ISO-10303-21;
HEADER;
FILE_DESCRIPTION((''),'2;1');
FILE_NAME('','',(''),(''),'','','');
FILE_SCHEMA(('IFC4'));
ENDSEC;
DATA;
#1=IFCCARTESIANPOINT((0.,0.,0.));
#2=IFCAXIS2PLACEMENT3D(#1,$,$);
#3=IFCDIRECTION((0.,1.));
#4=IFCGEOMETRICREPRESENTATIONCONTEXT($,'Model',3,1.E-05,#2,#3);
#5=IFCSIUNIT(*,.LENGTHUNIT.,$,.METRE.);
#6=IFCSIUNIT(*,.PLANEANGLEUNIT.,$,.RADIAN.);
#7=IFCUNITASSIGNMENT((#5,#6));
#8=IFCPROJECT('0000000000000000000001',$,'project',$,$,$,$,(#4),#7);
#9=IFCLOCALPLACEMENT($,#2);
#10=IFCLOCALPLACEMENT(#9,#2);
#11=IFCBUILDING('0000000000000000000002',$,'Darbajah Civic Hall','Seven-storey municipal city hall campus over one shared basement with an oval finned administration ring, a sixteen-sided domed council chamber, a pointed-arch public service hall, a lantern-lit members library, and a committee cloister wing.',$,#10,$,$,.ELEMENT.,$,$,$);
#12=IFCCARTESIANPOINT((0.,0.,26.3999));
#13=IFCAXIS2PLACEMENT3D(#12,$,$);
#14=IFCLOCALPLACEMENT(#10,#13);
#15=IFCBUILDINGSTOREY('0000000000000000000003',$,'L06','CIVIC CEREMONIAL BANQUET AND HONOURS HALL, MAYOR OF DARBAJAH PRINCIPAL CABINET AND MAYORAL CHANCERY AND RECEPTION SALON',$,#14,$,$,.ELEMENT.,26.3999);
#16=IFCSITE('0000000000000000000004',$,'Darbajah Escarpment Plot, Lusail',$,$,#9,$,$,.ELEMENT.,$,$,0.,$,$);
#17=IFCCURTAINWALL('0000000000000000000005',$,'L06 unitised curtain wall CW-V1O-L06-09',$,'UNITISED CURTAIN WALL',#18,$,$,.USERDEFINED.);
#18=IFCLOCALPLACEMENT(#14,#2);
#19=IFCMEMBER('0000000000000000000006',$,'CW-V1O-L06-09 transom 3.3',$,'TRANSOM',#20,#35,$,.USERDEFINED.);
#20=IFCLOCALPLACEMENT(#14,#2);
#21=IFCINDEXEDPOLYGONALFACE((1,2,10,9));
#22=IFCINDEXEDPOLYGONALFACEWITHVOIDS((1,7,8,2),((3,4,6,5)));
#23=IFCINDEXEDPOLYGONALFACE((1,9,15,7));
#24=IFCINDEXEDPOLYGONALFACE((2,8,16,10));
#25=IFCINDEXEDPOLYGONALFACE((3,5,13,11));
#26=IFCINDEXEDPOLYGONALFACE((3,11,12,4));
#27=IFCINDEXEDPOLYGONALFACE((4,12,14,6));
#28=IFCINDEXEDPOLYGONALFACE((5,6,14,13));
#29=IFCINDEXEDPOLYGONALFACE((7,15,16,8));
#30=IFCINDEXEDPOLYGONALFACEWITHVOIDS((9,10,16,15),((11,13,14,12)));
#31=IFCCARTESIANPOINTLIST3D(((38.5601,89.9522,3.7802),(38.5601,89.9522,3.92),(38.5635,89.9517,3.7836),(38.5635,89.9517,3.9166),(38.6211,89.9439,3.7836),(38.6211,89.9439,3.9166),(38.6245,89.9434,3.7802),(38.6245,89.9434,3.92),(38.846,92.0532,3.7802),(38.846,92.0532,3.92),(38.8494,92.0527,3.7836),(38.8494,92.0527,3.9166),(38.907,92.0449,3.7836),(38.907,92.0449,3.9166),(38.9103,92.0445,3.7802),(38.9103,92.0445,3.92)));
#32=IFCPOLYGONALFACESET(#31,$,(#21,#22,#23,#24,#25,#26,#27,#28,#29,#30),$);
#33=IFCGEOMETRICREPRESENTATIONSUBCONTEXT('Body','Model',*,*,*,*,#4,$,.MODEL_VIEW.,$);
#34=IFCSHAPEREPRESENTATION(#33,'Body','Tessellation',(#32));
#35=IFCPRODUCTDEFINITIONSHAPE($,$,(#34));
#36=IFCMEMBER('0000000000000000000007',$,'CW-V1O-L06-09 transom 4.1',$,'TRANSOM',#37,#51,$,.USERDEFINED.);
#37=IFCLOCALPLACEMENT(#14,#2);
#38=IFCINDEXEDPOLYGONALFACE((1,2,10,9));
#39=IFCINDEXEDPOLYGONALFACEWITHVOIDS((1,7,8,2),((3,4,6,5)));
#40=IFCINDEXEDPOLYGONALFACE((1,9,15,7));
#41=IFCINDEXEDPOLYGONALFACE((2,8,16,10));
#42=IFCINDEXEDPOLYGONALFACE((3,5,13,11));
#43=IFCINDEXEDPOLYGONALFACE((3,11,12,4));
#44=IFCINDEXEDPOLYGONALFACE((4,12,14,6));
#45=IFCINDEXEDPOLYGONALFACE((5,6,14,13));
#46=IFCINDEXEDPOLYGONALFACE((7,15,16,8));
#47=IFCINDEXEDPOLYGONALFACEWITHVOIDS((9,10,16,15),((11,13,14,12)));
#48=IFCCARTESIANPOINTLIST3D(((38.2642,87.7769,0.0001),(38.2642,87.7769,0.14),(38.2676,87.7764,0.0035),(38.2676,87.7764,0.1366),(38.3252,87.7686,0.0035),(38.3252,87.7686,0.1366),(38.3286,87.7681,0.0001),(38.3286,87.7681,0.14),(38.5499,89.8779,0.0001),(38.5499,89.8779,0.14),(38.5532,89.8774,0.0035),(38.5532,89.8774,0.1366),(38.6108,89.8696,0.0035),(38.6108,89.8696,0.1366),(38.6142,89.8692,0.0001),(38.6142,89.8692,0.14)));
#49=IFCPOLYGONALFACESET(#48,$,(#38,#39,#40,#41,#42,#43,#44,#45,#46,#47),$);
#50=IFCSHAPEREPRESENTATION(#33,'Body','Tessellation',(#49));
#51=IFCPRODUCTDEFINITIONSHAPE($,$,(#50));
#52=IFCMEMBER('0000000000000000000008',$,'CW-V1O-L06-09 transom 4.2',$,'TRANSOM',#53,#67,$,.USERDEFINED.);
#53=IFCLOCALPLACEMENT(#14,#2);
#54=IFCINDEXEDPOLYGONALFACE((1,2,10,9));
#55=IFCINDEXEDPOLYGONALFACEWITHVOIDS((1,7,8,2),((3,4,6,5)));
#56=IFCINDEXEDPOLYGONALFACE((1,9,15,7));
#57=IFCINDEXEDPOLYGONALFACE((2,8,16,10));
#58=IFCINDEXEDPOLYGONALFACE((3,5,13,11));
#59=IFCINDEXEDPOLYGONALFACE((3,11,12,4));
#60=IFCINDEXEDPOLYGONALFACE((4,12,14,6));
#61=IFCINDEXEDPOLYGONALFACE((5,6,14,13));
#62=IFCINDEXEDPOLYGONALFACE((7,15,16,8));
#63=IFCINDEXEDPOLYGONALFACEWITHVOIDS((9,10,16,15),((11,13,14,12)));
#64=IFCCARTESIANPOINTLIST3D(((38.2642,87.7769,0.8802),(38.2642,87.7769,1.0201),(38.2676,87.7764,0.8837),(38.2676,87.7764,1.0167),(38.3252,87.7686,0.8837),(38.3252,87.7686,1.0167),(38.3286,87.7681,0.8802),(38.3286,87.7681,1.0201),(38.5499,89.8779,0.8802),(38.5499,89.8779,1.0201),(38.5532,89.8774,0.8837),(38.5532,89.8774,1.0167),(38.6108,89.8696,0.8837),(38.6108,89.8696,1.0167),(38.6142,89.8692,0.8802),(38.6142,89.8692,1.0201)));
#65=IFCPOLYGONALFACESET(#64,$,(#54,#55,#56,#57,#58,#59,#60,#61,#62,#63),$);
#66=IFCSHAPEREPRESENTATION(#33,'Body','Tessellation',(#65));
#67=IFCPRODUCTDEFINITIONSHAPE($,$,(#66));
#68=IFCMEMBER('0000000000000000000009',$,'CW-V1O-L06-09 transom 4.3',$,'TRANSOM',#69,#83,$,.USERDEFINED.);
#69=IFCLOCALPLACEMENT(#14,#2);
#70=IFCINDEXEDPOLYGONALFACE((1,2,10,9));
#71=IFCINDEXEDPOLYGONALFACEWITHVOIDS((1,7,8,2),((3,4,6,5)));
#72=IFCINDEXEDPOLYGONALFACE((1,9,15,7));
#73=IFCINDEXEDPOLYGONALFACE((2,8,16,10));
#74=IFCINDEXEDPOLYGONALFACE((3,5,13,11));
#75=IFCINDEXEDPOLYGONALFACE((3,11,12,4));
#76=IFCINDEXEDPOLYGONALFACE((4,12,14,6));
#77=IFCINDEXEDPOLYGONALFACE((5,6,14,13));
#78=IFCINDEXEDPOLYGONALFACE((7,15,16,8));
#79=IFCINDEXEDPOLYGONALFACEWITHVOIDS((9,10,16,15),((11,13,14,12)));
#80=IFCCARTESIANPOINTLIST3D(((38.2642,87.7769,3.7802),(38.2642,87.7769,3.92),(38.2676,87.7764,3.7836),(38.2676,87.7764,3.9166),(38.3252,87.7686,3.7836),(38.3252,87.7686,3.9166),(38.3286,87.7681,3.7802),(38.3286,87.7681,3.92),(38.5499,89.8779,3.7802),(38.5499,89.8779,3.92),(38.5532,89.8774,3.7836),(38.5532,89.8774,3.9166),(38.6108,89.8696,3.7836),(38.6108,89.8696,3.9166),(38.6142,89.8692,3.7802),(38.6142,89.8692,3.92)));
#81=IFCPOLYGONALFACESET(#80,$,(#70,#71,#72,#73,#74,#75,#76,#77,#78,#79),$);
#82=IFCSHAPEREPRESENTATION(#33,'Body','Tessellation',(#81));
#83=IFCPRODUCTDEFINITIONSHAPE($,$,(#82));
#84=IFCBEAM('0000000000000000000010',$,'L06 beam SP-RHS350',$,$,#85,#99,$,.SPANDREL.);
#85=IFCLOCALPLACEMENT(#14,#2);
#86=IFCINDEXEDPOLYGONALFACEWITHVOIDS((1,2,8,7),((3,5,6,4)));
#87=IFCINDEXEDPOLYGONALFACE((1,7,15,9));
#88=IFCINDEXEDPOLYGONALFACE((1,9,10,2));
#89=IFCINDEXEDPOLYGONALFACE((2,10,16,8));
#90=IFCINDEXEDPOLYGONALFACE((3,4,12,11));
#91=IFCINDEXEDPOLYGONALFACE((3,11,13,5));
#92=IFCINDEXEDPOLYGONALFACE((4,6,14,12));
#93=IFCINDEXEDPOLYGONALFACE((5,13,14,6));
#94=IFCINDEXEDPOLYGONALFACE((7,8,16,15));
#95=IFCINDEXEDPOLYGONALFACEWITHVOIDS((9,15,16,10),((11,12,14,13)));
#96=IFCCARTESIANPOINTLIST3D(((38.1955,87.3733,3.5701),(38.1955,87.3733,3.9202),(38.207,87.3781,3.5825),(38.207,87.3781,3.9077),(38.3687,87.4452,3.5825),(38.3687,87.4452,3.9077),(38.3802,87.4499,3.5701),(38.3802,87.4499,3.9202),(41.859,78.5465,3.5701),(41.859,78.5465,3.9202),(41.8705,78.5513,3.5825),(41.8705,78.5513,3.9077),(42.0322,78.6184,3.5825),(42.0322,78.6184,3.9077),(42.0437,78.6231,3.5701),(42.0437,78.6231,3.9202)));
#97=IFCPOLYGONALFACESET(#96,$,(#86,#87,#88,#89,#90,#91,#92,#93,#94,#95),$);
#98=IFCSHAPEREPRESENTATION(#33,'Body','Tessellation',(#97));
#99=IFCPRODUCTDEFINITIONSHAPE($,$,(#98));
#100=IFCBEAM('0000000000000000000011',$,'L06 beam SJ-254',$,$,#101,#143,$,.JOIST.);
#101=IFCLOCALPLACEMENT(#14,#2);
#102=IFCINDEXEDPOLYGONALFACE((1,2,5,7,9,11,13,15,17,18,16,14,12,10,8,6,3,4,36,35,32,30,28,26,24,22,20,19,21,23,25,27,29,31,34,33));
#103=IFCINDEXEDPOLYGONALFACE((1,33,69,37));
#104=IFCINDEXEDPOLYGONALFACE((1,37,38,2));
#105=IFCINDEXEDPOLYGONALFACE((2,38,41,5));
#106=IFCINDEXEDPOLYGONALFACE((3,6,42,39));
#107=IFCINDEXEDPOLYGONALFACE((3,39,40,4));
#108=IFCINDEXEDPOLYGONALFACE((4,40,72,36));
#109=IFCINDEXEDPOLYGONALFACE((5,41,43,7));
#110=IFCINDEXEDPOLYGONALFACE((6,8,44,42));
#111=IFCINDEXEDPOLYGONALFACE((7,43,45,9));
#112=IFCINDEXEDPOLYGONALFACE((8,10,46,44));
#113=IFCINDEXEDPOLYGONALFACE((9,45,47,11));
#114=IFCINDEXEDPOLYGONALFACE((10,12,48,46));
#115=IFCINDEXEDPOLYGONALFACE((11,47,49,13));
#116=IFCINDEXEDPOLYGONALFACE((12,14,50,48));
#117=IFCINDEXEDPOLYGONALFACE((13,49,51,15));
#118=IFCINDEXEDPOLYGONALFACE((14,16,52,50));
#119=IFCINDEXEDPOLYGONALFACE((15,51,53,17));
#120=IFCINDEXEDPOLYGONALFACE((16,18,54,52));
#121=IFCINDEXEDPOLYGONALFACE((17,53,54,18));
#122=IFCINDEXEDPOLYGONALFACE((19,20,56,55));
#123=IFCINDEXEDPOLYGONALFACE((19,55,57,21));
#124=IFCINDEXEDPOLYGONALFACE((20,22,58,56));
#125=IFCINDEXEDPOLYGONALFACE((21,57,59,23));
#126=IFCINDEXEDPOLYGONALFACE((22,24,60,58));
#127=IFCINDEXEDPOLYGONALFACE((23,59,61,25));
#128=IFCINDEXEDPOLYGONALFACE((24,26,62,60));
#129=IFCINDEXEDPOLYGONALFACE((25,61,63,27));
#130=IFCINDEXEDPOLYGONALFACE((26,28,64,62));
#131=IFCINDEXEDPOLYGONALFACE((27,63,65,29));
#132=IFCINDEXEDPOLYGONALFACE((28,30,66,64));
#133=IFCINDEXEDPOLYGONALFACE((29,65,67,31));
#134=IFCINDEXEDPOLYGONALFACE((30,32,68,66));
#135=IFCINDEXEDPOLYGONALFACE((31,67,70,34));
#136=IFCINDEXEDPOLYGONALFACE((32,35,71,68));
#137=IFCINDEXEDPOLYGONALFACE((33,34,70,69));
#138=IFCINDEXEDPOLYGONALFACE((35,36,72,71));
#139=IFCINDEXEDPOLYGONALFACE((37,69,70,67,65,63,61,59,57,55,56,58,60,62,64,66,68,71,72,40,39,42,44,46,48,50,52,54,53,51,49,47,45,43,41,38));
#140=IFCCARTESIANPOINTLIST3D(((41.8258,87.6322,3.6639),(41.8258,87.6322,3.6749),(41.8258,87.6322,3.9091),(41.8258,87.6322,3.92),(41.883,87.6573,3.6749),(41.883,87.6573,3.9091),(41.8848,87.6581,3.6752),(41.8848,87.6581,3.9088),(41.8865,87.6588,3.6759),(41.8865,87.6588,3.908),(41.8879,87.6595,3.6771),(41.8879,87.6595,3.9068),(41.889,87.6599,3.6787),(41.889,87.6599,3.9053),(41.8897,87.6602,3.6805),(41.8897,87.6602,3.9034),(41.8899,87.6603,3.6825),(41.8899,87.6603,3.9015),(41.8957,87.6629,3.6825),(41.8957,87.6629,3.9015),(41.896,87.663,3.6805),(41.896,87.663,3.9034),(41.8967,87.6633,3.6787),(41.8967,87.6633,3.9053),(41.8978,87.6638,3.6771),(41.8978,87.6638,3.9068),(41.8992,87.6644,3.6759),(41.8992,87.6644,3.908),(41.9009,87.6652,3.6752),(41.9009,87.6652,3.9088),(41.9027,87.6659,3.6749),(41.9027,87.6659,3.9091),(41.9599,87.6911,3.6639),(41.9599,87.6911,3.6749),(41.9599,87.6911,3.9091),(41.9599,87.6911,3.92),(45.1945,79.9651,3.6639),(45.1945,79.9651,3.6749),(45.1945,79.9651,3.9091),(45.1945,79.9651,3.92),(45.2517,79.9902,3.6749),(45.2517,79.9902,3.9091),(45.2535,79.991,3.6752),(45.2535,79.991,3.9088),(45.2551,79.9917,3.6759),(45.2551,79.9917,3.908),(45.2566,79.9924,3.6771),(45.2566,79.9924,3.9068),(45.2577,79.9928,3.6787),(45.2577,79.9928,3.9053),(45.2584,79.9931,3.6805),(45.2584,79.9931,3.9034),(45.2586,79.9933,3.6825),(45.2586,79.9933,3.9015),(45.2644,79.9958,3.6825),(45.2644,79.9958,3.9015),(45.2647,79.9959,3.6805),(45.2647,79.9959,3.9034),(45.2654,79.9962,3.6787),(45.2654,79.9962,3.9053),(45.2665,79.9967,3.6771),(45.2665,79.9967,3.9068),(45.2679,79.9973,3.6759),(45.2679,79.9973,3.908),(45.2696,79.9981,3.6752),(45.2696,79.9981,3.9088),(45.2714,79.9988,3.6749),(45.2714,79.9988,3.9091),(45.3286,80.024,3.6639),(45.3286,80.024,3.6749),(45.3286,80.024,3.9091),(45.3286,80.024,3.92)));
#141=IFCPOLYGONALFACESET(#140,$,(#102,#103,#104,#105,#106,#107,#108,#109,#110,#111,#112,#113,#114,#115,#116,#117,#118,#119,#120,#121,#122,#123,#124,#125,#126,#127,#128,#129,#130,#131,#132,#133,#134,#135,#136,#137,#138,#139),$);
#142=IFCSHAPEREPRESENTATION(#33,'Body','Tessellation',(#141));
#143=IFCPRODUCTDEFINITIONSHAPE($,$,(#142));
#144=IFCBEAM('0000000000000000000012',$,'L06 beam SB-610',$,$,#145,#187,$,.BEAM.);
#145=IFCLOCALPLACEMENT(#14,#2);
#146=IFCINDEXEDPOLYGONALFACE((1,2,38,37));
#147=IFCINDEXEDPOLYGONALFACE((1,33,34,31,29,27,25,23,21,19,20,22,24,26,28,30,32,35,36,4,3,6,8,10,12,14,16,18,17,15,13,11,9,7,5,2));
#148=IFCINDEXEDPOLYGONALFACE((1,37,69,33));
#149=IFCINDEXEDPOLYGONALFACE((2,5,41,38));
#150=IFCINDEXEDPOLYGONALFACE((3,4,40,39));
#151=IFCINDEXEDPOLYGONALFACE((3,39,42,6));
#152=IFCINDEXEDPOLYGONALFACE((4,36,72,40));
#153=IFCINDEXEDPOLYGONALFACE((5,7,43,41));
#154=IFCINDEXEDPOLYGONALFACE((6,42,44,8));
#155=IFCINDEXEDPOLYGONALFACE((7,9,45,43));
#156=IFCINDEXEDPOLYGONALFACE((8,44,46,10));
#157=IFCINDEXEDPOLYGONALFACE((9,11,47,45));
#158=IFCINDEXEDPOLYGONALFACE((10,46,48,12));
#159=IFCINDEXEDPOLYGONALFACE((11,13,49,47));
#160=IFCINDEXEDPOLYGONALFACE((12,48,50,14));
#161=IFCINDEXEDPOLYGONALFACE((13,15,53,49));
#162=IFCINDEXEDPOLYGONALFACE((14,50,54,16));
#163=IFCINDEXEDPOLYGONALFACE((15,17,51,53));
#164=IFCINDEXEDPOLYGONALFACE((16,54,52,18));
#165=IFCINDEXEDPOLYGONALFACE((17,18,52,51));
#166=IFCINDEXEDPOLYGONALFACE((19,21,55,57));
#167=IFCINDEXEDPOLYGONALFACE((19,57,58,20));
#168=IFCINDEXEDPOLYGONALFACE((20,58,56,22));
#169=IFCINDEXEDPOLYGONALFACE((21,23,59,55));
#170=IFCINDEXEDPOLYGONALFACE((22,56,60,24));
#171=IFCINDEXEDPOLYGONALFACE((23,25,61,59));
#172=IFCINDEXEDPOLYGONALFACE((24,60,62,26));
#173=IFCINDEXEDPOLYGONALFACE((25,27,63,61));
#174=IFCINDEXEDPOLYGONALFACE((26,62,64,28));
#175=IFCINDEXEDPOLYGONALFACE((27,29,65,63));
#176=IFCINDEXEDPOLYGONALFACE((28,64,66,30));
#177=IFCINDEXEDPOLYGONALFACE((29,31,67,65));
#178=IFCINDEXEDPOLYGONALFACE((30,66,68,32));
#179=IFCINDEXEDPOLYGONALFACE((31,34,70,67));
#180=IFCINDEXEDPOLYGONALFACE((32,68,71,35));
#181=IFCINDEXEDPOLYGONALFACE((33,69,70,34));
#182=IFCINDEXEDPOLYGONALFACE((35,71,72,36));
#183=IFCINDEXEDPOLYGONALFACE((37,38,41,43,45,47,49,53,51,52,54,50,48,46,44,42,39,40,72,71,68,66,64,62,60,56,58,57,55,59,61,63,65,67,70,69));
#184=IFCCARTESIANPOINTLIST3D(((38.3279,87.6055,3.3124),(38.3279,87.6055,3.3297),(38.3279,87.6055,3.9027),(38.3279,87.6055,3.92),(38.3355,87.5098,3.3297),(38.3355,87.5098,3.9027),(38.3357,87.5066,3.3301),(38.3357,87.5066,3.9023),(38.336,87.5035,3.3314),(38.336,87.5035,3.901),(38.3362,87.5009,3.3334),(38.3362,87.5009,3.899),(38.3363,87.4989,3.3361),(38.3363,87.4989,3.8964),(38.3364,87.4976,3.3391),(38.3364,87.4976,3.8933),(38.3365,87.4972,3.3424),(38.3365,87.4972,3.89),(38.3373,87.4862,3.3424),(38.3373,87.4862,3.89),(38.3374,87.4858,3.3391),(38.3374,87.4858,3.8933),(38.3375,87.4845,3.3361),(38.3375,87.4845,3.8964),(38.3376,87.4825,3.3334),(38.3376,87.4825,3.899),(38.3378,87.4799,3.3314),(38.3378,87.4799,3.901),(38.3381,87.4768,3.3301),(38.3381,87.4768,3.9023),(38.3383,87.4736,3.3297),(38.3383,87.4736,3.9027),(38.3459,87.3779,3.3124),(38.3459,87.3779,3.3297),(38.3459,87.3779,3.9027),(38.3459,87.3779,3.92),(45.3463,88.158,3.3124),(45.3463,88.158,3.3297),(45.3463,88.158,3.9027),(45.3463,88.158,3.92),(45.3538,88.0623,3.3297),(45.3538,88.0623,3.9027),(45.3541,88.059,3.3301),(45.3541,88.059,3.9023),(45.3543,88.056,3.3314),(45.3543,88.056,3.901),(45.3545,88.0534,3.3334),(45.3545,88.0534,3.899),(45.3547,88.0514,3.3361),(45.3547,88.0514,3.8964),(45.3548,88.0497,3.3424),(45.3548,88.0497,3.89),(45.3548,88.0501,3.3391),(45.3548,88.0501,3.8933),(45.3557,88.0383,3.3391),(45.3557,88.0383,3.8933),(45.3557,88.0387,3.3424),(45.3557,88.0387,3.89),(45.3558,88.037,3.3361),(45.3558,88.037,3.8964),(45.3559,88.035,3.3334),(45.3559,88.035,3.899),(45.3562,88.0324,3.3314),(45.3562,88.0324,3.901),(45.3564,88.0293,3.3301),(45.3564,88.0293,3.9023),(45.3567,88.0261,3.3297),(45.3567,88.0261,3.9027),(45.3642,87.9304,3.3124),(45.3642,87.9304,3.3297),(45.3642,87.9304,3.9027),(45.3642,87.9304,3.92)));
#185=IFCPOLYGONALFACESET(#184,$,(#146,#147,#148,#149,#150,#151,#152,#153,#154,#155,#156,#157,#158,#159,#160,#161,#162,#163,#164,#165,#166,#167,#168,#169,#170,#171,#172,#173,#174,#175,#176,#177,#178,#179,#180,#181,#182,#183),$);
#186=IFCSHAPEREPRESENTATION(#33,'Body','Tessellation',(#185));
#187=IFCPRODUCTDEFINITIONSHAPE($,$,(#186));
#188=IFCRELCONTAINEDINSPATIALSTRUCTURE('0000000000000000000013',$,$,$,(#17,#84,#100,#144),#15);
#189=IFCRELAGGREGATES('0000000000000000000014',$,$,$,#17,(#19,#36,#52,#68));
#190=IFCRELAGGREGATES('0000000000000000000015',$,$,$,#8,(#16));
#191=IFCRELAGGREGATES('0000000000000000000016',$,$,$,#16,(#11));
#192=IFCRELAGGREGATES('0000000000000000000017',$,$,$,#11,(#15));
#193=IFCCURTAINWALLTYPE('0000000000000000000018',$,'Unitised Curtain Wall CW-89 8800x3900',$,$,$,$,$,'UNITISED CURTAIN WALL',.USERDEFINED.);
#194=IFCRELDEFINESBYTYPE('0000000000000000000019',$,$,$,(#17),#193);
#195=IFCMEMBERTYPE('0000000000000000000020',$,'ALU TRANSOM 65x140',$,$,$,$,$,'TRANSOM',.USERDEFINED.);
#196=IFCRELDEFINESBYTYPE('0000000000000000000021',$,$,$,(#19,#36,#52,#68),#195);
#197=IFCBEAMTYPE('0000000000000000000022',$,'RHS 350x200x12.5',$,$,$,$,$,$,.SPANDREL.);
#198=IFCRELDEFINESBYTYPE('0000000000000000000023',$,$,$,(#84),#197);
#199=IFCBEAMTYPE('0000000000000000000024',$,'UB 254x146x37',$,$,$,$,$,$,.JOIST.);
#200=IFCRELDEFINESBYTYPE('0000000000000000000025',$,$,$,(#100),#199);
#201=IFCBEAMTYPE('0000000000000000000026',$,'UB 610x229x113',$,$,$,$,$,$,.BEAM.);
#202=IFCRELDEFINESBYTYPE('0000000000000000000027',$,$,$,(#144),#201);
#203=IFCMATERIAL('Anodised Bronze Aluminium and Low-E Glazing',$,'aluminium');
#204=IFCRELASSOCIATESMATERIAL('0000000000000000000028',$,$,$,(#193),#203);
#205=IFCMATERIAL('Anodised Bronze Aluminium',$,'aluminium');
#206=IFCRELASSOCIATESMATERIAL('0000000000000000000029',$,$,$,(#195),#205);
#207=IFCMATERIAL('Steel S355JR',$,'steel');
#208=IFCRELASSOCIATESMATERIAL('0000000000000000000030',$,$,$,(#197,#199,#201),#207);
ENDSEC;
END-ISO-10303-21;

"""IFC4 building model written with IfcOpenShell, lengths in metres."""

from ifc_helpers import new_model, si_unit, direction, frame, origin, origin_2d, place, context, subcontext, project, spatial, hollow_rectangle, i_section, extrude, material, material_profile, profile_set, type_object, element, aggregate, save


model = new_model("IFC4")

# Units and contexts
model_context = context("Model", 3, precision=1e-05, world=origin(), true_north=direction((0.0, 1.0)))
body_context = subcontext(model_context, "Body", "Model", "MODEL_VIEW")
ifc_project = project(units=[si_unit("LENGTHUNIT", "METRE"), si_unit("PLANEANGLEUNIT", "RADIAN")], contexts=[model_context])

# Site, building, storey
site_placement = place(None, origin())
site = spatial("IfcSite", under=ifc_project, at=site_placement, Name="Darbajah Escarpment Plot, Lusail", CompositionType="ELEMENT", RefElevation=0.0)
building_placement = place(site_placement, origin())
building = spatial("IfcBuilding", under=site, at=building_placement, Name="Darbajah Civic Hall", Description="Seven-storey municipal city hall campus over one shared basement with an oval finned administration ring, a sixteen-sided domed council chamber, a pointed-arch public service hall, a lantern-lit members library, and a committee cloister wing.", CompositionType="ELEMENT")
storey_placement = place(building_placement, frame((0.0, 0.0, 26.3999)))
storey = spatial("IfcBuildingStorey", under=building, at=storey_placement, Name="L06", Description="CIVIC CEREMONIAL BANQUET AND HONOURS HALL, MAYOR OF DARBAJAH PRINCIPAL CABINET AND MAYORAL CHANCERY AND RECEPTION SALON", CompositionType="ELEMENT", Elevation=26.3999)

# Shared definitions
ifc_material_1 = material(Name="Anodised Bronze Aluminium and Low-E Glazing", Category="aluminium")
ifc_material_2 = material(Name="Anodised Bronze Aluminium", Category="aluminium")

# Curtain wall
curtain_wall_type_1 = type_object("IfcCurtainWallType", Name="Unitised Curtain Wall CW-89 8800x3900", ElementType="UNITISED CURTAIN WALL", PredefinedType="USERDEFINED", material=ifc_material_1)
curtain_wall_1_placement = place(storey_placement, origin())
curtain_wall_1 = element("IfcCurtainWall", 1, at=curtain_wall_1_placement, inside=storey, type_object=curtain_wall_type_1, Name="L06 unitised curtain wall CW-V1O-L06-09", ObjectType="UNITISED CURTAIN WALL", PredefinedType="USERDEFINED")

# Members
ifc_material_profile_1 = material_profile(ifc_material_2, hollow_rectangle(XDim=0.0649, YDim=0.1399, WallThickness=0.0034, at=origin_2d()), Name="ALU TRANSOM 65x140")
ifc_profile_set_1 = profile_set([ifc_material_profile_1], Name="Anodised Bronze Aluminium")
member_type_1 = type_object("IfcMemberType", Name="ALU TRANSOM 65x140", ElementType="TRANSOM", PredefinedType="USERDEFINED", material=ifc_profile_set_1)
member_1_placement = place(storey_placement, frame((38.8782, 92.0488, 3.8501), z_axis=(-0.134825, -0.990869, 0.0), x_axis=(0.990869, -0.134825, 0.0)))
member_1 = element("IfcMember", 2, at=member_1_placement, type_object=member_type_1, Name="CW-V1O-L06-09 transom 3.3", ObjectType="TRANSOM", PredefinedType="USERDEFINED", context=body_context, shape_type="SweptSolid", body=[
    extrude(hollow_rectangle(XDim=0.0649, YDim=0.1399, WallThickness=0.0034, at=origin_2d()), origin(), (0.0, 0.0, 1.0), 2.1204),
])
member_2_placement = place(storey_placement, frame((38.582, 89.8735, 0.0701), z_axis=(-0.134712, -0.990885, 0.0), x_axis=(0.990885, -0.134712, 0.0)))
member_2 = element("IfcMember", 3, at=member_2_placement, type_object=member_type_1, Name="CW-V1O-L06-09 transom 4.1", ObjectType="TRANSOM", PredefinedType="USERDEFINED", context=body_context, shape_type="SweptSolid", body=[
    extrude(hollow_rectangle(XDim=0.0649, YDim=0.1399, WallThickness=0.0034, at=origin_2d()), origin(), (0.0, 0.0, 1.0), 2.1204),
])
member_3_placement = place(storey_placement, frame((38.582, 89.8735, 0.9502), z_axis=(-0.134712, -0.990885, 0.0), x_axis=(0.990885, -0.134712, 0.0)))
member_3 = element("IfcMember", 4, at=member_3_placement, type_object=member_type_1, Name="CW-V1O-L06-09 transom 4.2", ObjectType="TRANSOM", PredefinedType="USERDEFINED", context=body_context, shape_type="SweptSolid", body=[
    extrude(hollow_rectangle(XDim=0.0649, YDim=0.1399, WallThickness=0.0034, at=origin_2d()), origin(), (0.0, 0.0, 1.0), 2.1204),
])
member_4_placement = place(storey_placement, frame((38.582, 89.8735, 3.8501), z_axis=(-0.134712, -0.990885, 0.0), x_axis=(0.990885, -0.134712, 0.0)))
member_4 = element("IfcMember", 5, at=member_4_placement, type_object=member_type_1, Name="CW-V1O-L06-09 transom 4.3", ObjectType="TRANSOM", PredefinedType="USERDEFINED", context=body_context, shape_type="SweptSolid", body=[
    extrude(hollow_rectangle(XDim=0.0649, YDim=0.1399, WallThickness=0.0034, at=origin_2d()), origin(), (0.0, 0.0, 1.0), 2.1204),
])

# Beams
ifc_material_3 = material(Name="Steel S355JR", Category="steel")
ifc_material_profile_2 = material_profile(ifc_material_3, hollow_rectangle(XDim=0.2, YDim=0.3501, WallThickness=0.0125, at=origin_2d()), Name="RHS 350x200x12.5")
ifc_profile_set_2 = profile_set([ifc_material_profile_2], Name="Steel S355JR")
beam_type_1 = type_object("IfcBeamType", Name="RHS 350x200x12.5", PredefinedType="SPANDREL", material=ifc_profile_set_2)
beam_1_placement = place(storey_placement, frame((38.2878, 87.4116, 3.7451), z_axis=(0.38334, -0.923607, 0.0), x_axis=(0.923607, 0.38334, 0.0)))
element("IfcBeam", 6, at=beam_1_placement, inside=storey, type_object=beam_type_1, Name="L06 beam SP-RHS350", PredefinedType="SPANDREL", context=body_context, shape_type="SweptSolid", body=[
    extrude(hollow_rectangle(XDim=0.2, YDim=0.3501, WallThickness=0.0125, at=origin_2d()), origin(), (0.0, 0.0, 1.0), 9.5569),
])
ifc_material_profile_3 = material_profile(ifc_material_3, i_section(OverallWidth=0.1465, OverallDepth=0.2561, WebThickness=0.0063, FlangeThickness=0.011, FilletRadius=0.0076, at=origin_2d()), Name="UB 254x146x37")
ifc_profile_set_3 = profile_set([ifc_material_profile_3], Name="Steel S355JR")
beam_type_2 = type_object("IfcBeamType", Name="UB 254x146x37", PredefinedType="JOIST", material=ifc_profile_set_3)
beam_2_placement = place(storey_placement, frame((41.8928, 87.6616, 3.792), z_axis=(0.402256, -0.915527, 0.0), x_axis=(0.915527, 0.402256, 0.0)))
element("IfcBeam", 7, at=beam_2_placement, inside=storey, type_object=beam_type_2, Name="L06 beam SJ-254", PredefinedType="JOIST", context=body_context, shape_type="SweptSolid", body=[
    extrude(i_section(OverallWidth=0.1465, OverallDepth=0.2561, WebThickness=0.0063, FlangeThickness=0.011, FilletRadius=0.0076, at=origin_2d()), origin(), (0.0, 0.0, 1.0), 8.3745),
])
ifc_material_profile_4 = material_profile(ifc_material_3, i_section(OverallWidth=0.2283, OverallDepth=0.6077, WebThickness=0.011, FlangeThickness=0.0173, FilletRadius=0.0127, at=origin_2d()), Name="UB 610x229x113")
ifc_profile_set_4 = profile_set([ifc_material_profile_4], Name="Steel S355JR")
beam_type_3 = type_object("IfcBeamType", Name="UB 610x229x113", PredefinedType="BEAM", material=ifc_profile_set_4)
beam_3_placement = place(storey_placement, frame((45.3552, 88.0442, 3.6162), z_axis=(-0.996916, -0.078478, 0.0), x_axis=(0.078478, -0.996916, 0.0)))
element("IfcBeam", 8, at=beam_3_placement, inside=storey, type_object=beam_type_3, Name="L06 beam SB-610", PredefinedType="BEAM", context=body_context, shape_type="SweptSolid", body=[
    extrude(i_section(OverallWidth=0.2283, OverallDepth=0.6077, WebThickness=0.011, FlangeThickness=0.0173, FilletRadius=0.0127, at=origin_2d()), origin(), (0.0, 0.0, 1.0), 7.04),
])

aggregate(curtain_wall_1, [member_1, member_2, member_3, member_4])

save(model, "model.ifc")
